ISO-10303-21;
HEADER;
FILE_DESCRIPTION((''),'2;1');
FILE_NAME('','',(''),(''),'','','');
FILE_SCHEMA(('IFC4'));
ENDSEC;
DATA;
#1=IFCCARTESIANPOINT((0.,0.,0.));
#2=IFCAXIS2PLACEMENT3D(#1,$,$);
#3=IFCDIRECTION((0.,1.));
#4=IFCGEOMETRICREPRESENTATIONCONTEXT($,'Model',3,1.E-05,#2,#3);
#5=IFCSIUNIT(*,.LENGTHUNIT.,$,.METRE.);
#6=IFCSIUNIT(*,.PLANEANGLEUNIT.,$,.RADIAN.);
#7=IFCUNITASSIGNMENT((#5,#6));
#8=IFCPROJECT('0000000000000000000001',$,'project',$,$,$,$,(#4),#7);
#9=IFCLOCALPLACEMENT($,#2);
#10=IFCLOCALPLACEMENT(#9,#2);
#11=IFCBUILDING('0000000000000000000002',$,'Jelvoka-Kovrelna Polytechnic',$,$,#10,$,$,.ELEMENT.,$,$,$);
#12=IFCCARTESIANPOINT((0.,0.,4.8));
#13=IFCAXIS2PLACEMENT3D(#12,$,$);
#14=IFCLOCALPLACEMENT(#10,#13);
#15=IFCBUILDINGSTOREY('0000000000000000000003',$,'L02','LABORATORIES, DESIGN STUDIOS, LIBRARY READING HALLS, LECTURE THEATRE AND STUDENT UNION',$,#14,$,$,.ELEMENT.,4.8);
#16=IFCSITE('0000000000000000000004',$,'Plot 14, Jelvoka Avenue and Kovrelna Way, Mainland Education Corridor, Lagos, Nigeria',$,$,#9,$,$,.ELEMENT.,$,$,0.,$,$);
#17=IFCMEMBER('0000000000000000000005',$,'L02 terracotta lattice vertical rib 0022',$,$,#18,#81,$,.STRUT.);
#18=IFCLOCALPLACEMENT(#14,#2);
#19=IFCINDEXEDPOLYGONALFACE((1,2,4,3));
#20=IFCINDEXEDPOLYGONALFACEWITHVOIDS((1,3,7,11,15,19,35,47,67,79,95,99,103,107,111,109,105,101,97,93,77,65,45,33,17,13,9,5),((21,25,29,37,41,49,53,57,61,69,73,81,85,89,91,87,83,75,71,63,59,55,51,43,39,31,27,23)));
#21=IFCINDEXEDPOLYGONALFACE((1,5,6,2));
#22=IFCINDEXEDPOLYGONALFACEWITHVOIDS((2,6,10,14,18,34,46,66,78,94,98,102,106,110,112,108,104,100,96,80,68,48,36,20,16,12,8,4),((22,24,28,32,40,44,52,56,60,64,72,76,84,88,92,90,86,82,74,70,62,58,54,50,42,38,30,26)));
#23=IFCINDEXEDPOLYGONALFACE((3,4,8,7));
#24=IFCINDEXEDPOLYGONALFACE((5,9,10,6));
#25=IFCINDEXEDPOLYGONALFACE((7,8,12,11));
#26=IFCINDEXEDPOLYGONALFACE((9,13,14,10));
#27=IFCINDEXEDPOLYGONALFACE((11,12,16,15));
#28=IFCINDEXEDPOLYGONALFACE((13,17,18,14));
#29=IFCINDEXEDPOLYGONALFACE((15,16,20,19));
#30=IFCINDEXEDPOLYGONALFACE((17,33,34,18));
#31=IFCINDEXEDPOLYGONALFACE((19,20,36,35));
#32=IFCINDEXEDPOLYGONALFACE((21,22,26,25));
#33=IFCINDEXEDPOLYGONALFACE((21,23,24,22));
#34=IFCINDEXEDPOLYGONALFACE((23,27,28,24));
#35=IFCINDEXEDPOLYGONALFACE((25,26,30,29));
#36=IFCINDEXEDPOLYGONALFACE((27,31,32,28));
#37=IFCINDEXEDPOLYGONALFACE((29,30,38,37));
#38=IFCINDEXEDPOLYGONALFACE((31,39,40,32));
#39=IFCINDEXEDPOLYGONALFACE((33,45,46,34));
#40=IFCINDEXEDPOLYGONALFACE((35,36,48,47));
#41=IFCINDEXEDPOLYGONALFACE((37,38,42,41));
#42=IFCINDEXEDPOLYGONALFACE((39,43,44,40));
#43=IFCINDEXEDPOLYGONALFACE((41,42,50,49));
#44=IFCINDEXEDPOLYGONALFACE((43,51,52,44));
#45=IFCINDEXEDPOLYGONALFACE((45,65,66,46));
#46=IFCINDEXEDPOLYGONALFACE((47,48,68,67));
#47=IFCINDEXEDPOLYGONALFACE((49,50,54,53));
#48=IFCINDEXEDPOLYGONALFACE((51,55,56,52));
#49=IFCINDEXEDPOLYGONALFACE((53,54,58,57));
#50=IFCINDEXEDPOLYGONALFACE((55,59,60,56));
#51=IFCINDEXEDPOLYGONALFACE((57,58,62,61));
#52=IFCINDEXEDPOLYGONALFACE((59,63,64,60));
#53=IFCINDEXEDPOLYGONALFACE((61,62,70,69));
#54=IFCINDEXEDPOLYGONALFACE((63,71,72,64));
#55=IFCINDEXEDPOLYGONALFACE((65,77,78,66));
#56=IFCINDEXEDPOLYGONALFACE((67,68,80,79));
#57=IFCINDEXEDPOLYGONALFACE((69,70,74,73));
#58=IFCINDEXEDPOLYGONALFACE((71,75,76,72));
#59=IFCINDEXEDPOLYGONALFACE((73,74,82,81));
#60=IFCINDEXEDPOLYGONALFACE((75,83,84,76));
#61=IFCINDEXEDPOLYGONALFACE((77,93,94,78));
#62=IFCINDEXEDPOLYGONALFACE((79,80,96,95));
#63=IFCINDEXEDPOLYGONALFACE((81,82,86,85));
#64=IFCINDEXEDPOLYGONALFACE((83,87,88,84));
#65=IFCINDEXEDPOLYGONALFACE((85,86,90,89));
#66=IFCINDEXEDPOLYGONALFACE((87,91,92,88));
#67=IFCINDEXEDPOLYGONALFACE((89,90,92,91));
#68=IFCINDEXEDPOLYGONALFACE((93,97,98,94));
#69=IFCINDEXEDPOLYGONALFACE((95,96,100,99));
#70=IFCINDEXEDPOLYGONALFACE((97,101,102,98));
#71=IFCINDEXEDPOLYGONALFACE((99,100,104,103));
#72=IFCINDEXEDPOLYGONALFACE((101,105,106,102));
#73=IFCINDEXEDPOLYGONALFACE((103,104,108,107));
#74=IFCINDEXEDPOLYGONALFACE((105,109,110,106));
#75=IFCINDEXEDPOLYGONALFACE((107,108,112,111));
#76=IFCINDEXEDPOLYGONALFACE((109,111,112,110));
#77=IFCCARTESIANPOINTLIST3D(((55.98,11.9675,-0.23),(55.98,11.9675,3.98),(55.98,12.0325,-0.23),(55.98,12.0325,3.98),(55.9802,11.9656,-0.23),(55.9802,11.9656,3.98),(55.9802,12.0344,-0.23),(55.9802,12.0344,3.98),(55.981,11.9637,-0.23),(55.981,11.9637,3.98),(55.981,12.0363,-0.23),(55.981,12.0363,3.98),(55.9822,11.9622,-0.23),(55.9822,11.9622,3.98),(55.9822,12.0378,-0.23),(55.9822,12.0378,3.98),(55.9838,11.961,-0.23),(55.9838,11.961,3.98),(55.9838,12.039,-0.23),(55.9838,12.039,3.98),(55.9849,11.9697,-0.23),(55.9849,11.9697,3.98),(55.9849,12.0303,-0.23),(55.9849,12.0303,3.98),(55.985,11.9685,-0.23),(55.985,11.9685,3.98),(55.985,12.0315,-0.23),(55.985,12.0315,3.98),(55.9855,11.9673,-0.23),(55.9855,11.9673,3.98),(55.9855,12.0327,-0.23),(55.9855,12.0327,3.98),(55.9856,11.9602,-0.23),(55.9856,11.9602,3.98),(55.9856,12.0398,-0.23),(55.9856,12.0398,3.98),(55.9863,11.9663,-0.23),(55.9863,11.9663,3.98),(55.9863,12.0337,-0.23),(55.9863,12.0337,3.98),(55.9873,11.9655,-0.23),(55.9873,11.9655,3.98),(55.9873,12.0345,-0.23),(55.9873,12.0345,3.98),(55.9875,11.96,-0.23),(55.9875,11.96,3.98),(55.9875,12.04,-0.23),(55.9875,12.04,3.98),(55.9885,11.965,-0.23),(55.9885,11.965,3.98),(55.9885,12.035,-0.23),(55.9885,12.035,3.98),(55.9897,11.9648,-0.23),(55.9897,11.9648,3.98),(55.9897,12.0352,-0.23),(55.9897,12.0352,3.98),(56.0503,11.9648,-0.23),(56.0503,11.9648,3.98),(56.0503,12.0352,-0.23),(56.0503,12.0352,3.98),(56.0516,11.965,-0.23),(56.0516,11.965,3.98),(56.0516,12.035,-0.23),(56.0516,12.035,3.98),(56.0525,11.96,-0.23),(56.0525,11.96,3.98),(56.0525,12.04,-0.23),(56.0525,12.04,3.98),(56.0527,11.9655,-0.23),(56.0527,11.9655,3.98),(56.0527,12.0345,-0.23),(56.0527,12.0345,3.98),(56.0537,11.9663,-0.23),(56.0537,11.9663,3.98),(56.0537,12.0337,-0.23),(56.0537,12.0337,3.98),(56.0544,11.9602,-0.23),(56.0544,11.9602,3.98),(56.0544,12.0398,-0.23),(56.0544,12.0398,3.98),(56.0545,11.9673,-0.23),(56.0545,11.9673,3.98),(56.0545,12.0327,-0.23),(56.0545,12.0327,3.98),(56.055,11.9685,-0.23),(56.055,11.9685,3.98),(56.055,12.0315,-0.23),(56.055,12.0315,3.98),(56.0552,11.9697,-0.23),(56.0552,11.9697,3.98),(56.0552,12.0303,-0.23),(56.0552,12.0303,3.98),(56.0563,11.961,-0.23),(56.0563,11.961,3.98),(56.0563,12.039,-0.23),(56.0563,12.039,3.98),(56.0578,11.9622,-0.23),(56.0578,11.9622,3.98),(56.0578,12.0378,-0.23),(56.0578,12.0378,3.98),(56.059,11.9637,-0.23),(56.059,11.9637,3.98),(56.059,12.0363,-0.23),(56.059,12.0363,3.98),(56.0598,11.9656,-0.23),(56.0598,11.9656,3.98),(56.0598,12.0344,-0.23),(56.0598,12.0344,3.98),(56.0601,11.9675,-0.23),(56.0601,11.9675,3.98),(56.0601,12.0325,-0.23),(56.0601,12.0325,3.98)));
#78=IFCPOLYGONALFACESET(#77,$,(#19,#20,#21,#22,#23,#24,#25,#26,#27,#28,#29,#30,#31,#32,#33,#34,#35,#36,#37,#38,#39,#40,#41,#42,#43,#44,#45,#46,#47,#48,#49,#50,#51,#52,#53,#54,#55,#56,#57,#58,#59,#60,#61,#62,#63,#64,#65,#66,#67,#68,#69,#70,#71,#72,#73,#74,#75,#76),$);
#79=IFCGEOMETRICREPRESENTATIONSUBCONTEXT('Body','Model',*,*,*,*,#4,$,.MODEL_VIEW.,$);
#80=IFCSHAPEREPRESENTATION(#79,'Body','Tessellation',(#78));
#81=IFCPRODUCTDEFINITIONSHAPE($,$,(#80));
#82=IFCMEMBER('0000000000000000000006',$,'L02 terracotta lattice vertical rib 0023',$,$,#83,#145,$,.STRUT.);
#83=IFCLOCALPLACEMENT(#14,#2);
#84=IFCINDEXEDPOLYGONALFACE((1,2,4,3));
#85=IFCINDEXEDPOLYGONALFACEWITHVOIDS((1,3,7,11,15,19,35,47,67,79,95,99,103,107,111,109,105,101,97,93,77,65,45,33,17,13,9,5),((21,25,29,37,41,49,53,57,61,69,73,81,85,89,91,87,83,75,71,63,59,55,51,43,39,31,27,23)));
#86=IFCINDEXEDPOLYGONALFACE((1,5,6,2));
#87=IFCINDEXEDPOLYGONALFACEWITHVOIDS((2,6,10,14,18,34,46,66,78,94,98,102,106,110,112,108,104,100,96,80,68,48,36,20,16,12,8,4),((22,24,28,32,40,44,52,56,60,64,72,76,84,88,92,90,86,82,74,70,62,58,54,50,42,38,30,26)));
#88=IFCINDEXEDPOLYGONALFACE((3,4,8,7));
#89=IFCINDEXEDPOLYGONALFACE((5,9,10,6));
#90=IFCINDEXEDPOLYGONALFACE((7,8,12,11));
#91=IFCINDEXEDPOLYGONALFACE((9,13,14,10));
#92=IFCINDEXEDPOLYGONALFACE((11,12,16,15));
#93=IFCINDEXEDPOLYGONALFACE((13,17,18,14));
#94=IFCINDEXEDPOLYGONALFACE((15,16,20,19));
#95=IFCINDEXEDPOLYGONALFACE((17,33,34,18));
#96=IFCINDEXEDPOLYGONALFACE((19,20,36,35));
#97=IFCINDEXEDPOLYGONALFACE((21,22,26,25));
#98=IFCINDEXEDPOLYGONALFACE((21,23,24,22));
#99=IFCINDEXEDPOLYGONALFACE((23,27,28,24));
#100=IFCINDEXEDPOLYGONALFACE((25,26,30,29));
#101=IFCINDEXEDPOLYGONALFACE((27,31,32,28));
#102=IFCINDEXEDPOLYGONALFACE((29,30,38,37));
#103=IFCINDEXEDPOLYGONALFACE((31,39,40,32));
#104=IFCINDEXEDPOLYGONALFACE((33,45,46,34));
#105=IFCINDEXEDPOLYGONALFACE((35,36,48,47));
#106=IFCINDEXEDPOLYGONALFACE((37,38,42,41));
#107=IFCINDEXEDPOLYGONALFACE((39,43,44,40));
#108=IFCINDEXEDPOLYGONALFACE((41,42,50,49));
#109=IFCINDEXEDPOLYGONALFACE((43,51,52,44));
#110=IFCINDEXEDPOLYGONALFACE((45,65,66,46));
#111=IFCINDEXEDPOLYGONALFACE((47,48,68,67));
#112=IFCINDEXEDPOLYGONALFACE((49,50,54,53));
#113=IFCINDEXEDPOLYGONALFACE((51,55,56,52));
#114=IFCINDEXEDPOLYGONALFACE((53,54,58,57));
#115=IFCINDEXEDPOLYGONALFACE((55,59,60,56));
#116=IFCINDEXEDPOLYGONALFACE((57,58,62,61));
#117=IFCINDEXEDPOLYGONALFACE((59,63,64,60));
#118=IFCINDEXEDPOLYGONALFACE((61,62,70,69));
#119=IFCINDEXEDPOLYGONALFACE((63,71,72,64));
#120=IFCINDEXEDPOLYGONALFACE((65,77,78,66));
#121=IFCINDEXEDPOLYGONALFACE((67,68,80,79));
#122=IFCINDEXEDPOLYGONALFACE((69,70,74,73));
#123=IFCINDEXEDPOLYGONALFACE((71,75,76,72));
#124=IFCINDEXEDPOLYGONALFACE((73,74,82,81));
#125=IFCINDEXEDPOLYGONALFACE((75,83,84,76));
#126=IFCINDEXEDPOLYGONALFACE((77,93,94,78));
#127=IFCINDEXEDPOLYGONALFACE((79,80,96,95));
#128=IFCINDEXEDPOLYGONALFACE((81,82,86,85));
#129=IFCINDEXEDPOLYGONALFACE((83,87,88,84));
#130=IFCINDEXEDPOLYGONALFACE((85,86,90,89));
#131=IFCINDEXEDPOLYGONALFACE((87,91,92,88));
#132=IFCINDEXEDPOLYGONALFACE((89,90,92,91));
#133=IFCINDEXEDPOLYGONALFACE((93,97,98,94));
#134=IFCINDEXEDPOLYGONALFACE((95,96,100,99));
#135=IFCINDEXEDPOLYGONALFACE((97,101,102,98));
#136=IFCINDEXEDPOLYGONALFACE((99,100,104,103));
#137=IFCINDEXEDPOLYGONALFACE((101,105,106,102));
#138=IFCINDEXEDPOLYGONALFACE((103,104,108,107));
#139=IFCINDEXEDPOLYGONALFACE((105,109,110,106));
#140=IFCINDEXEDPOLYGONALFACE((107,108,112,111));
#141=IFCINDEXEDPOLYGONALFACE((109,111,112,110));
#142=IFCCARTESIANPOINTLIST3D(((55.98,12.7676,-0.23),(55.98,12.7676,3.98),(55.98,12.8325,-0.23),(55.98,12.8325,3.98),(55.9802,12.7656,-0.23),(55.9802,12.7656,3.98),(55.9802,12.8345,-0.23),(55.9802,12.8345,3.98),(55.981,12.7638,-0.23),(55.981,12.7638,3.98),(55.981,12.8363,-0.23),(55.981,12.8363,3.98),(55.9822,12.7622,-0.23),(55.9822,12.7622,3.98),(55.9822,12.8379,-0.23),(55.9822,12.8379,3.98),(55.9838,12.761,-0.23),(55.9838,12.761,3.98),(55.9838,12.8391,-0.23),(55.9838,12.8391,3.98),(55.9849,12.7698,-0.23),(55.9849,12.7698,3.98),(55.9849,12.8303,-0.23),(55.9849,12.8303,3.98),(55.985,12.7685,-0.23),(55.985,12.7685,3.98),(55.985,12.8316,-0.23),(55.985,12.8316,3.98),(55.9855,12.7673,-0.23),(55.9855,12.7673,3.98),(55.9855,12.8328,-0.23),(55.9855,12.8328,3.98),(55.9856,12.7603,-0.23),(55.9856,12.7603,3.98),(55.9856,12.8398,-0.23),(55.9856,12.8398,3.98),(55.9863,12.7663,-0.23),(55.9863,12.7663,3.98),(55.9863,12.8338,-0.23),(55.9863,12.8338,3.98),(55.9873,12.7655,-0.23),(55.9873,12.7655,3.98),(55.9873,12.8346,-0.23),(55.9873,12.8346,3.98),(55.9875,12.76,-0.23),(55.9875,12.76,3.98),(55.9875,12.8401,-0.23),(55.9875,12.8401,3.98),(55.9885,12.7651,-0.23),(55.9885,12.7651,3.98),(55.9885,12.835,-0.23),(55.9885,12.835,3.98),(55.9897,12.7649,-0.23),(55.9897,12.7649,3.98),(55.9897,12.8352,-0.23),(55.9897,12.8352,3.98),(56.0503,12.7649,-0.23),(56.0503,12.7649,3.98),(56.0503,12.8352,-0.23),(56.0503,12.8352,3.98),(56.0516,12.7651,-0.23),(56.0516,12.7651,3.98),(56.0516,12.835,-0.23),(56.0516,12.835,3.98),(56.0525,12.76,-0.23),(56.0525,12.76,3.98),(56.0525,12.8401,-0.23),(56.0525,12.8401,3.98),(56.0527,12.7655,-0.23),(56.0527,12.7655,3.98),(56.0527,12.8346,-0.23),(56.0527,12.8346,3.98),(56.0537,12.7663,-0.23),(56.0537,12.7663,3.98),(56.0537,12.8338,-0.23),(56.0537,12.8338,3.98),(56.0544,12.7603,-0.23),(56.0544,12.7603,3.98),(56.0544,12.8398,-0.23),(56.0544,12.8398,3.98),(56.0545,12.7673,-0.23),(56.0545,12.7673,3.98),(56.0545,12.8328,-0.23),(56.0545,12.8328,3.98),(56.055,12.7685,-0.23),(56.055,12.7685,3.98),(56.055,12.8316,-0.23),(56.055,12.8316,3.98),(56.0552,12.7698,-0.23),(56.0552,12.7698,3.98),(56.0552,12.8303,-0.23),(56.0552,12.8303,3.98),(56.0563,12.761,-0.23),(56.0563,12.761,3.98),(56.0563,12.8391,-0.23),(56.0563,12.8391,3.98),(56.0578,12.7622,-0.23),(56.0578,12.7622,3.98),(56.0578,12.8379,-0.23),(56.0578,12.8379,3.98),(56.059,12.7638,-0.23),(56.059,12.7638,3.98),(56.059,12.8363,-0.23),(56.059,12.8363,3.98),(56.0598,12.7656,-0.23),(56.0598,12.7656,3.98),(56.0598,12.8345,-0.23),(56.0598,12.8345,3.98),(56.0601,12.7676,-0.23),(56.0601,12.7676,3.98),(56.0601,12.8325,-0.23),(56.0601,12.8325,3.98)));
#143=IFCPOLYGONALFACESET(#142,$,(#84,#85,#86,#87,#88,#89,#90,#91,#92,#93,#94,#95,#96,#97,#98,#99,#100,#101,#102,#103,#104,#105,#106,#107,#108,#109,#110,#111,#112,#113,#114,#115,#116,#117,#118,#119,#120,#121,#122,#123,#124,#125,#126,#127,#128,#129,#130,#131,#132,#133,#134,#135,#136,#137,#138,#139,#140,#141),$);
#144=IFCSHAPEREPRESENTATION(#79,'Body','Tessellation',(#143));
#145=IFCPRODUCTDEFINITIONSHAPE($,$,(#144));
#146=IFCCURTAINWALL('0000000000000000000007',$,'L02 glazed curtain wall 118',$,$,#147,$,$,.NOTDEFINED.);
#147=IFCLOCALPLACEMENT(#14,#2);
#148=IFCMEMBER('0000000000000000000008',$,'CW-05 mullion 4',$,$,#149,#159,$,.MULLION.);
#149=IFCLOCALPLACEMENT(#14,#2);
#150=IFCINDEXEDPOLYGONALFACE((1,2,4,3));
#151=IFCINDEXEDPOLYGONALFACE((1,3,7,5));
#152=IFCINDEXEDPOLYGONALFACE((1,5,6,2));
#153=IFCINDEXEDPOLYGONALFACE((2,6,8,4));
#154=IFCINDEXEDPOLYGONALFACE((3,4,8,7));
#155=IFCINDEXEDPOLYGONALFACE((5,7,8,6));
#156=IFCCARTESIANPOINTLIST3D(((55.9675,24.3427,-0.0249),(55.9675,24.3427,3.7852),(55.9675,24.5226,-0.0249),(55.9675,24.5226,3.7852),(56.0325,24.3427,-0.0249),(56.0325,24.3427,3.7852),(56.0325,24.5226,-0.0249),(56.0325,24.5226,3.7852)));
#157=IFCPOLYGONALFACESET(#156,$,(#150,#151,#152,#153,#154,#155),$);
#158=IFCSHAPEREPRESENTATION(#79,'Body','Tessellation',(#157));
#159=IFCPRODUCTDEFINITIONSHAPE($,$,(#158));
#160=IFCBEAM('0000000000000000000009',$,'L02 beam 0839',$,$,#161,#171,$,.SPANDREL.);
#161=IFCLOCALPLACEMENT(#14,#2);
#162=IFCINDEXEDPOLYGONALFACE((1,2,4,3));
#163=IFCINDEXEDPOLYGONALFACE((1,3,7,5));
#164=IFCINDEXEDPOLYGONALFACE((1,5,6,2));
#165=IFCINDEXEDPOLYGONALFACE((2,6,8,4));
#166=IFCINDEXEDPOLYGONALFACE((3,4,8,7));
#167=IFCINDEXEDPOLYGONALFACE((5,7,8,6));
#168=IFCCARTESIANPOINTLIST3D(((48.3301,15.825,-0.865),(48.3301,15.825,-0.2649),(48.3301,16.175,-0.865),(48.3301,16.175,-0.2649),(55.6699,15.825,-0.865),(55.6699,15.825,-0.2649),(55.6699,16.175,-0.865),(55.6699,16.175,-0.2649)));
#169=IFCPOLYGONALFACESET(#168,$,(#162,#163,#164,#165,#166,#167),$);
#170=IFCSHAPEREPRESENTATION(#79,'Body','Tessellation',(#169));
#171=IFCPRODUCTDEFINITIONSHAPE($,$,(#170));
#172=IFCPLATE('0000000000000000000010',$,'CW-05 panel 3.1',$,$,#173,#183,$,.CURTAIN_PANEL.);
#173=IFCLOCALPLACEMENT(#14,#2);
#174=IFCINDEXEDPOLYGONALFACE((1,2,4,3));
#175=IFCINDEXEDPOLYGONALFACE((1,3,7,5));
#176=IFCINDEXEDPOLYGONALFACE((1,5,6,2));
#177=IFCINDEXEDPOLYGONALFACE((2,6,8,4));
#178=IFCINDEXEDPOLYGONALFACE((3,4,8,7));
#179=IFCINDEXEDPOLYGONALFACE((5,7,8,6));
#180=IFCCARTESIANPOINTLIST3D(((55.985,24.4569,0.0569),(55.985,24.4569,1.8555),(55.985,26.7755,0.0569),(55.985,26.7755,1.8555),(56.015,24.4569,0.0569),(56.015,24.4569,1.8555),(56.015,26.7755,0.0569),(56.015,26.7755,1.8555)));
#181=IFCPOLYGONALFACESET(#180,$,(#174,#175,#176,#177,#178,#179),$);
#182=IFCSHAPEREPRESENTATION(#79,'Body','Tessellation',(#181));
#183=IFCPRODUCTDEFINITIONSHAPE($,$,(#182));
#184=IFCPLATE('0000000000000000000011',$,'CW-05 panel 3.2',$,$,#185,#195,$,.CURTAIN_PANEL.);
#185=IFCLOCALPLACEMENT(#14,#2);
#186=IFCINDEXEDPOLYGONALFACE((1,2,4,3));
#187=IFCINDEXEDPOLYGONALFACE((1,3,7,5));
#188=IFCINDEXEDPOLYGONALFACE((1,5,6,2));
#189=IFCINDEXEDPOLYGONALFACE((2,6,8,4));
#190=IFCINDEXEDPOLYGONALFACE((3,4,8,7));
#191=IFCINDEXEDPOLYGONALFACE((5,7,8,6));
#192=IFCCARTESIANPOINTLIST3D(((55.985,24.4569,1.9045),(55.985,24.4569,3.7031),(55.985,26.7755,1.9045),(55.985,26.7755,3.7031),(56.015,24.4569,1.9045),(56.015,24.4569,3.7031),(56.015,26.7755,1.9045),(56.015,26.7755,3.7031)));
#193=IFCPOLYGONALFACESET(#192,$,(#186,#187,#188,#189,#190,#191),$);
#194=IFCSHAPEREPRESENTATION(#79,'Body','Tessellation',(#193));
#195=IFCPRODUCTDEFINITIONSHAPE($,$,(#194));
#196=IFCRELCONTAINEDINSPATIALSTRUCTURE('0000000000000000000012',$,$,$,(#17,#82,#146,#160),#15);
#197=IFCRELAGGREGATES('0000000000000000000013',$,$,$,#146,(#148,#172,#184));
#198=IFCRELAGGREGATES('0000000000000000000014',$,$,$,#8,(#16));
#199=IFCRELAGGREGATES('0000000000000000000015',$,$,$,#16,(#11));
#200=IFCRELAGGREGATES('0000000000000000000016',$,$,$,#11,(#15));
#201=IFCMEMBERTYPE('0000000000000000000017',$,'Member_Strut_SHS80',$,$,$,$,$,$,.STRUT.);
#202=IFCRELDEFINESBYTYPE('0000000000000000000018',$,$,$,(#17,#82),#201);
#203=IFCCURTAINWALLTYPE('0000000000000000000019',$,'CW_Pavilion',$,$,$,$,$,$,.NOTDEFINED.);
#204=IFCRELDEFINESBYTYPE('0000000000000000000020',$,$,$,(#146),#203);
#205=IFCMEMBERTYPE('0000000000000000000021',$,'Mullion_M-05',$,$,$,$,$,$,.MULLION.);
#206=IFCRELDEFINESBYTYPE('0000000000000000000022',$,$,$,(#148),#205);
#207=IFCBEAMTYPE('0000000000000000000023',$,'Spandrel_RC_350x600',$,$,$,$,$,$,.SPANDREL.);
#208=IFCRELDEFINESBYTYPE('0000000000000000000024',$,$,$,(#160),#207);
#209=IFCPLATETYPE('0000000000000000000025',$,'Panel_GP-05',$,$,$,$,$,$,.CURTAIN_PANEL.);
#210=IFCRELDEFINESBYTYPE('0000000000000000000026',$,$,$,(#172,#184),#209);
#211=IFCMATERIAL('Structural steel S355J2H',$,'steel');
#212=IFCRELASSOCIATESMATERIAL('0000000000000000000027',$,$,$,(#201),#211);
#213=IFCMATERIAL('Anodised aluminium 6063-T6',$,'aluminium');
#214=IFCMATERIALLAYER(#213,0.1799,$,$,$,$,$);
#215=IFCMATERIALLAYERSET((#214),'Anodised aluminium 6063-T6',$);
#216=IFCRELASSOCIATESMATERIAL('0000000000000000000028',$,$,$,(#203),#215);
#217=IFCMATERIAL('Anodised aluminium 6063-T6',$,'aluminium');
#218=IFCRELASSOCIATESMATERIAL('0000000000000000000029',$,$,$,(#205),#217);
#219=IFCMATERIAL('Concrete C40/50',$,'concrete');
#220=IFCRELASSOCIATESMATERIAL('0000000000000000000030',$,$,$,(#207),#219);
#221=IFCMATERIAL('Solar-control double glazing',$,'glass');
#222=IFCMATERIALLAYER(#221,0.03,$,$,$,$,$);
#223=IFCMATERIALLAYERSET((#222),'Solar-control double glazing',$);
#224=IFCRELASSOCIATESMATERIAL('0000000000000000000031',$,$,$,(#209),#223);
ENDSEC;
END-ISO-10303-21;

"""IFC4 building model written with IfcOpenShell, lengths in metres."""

from ifc_helpers import new_model, si_unit, direction, frame, origin, origin_2d, place, context, subcontext, project, spatial, rectangle, hollow_rectangle, extrude, material, layer, layer_set, material_profile, profile_set, type_object, element, aggregate, save


model = new_model("IFC4")

# Units and contexts
model_context = context("Model", 3, precision=1e-05, world=origin(), true_north=direction((0.0, 1.0)))
body_context = subcontext(model_context, "Body", "Model", "MODEL_VIEW")
ifc_project = project(units=[si_unit("LENGTHUNIT", "METRE"), si_unit("PLANEANGLEUNIT", "RADIAN")], contexts=[model_context])

# Site, building, storey
site_placement = place(None, origin())
site = spatial("IfcSite", under=ifc_project, at=site_placement, Name="Plot 14, Jelvoka Avenue and Kovrelna Way, Mainland Education Corridor, Lagos, Nigeria", CompositionType="ELEMENT", RefElevation=0.0)
building_placement = place(site_placement, origin())
building = spatial("IfcBuilding", under=site, at=building_placement, Name="Jelvoka-Kovrelna Polytechnic", CompositionType="ELEMENT")
storey_placement = place(building_placement, frame((0.0, 0.0, 4.8)))
storey = spatial("IfcBuildingStorey", under=building, at=storey_placement, Name="L02", Description="LABORATORIES, DESIGN STUDIOS, LIBRARY READING HALLS, LECTURE THEATRE AND STUDENT UNION", CompositionType="ELEMENT", Elevation=4.8)

# Members
ifc_material_1 = material(Name="Structural steel S355J2H", Category="steel")
ifc_material_profile_1 = material_profile(ifc_material_1, hollow_rectangle(XDim=0.0801, YDim=0.0801, WallThickness=0.0049, InnerFilletRadius=0.0049, OuterFilletRadius=0.0076, at=origin_2d()), Name="80x80x5.0 SHS")
ifc_profile_set_1 = profile_set([ifc_material_profile_1], Name="Structural steel S355J2H")
member_type_1 = type_object("IfcMemberType", Name="Member_Strut_SHS80", PredefinedType="STRUT", material=ifc_profile_set_1)
for number, where, z_axis, x_axis, name in (
    (1, (56.02, 12.0, -0.23), (0.0, 0.0, 1.0), (1.0, 0.0, 0.0), "L02 terracotta lattice vertical rib 0022"),
    (2, (56.02, 12.8, -0.23), (0.0, 0.0, 1.0), (1.0, 0.0, 0.0), "L02 terracotta lattice vertical rib 0023"),
):
    element("IfcMember", number, at=place(storey_placement, frame(where, z_axis=z_axis, x_axis=x_axis)), inside=storey, type_object=member_type_1, Name=name, PredefinedType="STRUT", context=body_context, shape_type="SweptSolid", body=[
        extrude(hollow_rectangle(XDim=0.0801, YDim=0.0801, WallThickness=0.0049, InnerFilletRadius=0.0049, OuterFilletRadius=0.0076, at=origin_2d()), origin(), (0.0, 0.0, 1.0), 4.21),
    ])

# Curtain wall, member
ifc_material_2 = material(Name="Anodised aluminium 6063-T6", Category="aluminium")
ifc_layer_1 = layer(ifc_material_2, 0.1799)
ifc_layer_set_1 = layer_set([ifc_layer_1], Name="Anodised aluminium 6063-T6")
curtain_wall_type = type_object("IfcCurtainWallType", Name="CW_Pavilion", PredefinedType="NOTDEFINED", material=ifc_layer_set_1)
curtain_wall_placement = place(storey_placement, origin())
curtain_wall = element("IfcCurtainWall", 3, at=curtain_wall_placement, inside=storey, type_object=curtain_wall_type, Name="L02 glazed curtain wall 118", PredefinedType="NOTDEFINED")
ifc_material_3 = material(Name="Anodised aluminium 6063-T6", Category="aluminium")
ifc_material_profile_2 = material_profile(ifc_material_3, rectangle(XDim=0.0649, YDim=0.1799, at=origin_2d()), Name="ALU 65x180")
ifc_profile_set_2 = profile_set([ifc_material_profile_2], Name="Anodised aluminium 6063-T6")
member_type_2 = type_object("IfcMemberType", Name="Mullion_M-05", PredefinedType="MULLION", material=ifc_profile_set_2)
member_placement = place(storey_placement, frame((56.0, 24.4326, -0.0249), z_axis=(0.0, 0.0, 1.0), x_axis=(1.0, 0.0, 0.0)))
member = element("IfcMember", 4, at=member_placement, type_object=member_type_2, Name="CW-05 mullion 4", PredefinedType="MULLION", context=body_context, shape_type="SweptSolid", body=[
    extrude(rectangle(XDim=0.0649, YDim=0.1799, at=origin_2d()), origin(), (0.0, 0.0, 1.0), 3.8101),
])

# Beam
ifc_material_4 = material(Name="Concrete C40/50", Category="concrete")
ifc_material_profile_3 = material_profile(ifc_material_4, rectangle(XDim=0.3501, YDim=0.6001, at=origin_2d()), Name="RC 350x600")
ifc_profile_set_3 = profile_set([ifc_material_profile_3], Name="Concrete C40/50")
beam_type_1 = type_object("IfcBeamType", Name="Spandrel_RC_350x600", PredefinedType="SPANDREL", material=ifc_profile_set_3)
beam_1_placement = place(storey_placement, frame((48.3301, 16.0, -0.5649), z_axis=(1.0, 0.0, 0.0), x_axis=(0.0, 1.0, 0.0)))
element("IfcBeam", 5, at=beam_1_placement, inside=storey, type_object=beam_type_1, Name="L02 beam 0839", PredefinedType="SPANDREL", context=body_context, shape_type="SweptSolid", body=[
    extrude(rectangle(XDim=0.3501, YDim=0.6001, at=origin_2d()), origin(), (0.0, 0.0, 1.0), 7.3398),
])

# Plates
ifc_material_5 = material(Name="Solar-control double glazing", Category="glass")
ifc_layer_2 = layer(ifc_material_5, 0.03)
ifc_layer_set_2 = layer_set([ifc_layer_2], Name="Solar-control double glazing")
plate_type_1 = type_object("IfcPlateType", Name="Panel_GP-05", PredefinedType="CURTAIN_PANEL", material=ifc_layer_set_2)
plate_1_placement = place(storey_placement, frame((56.0, 25.6162, 0.0569), z_axis=(0.0, 0.0, 1.0), x_axis=(0.0, -1.0, 0.0)))
plate_1 = element("IfcPlate", 6, at=plate_1_placement, type_object=plate_type_1, Name="CW-05 panel 3.1", PredefinedType="CURTAIN_PANEL", context=body_context, shape_type="SweptSolid", body=[
    extrude(rectangle(XDim=2.3186, YDim=0.03, at=origin_2d()), origin(), (0.0, 0.0, 1.0), 1.7986),
])
plate_2_placement = place(storey_placement, frame((56.0, 25.6162, 1.9045), z_axis=(0.0, 0.0, 1.0), x_axis=(0.0, -1.0, 0.0)))
plate_2 = element("IfcPlate", 7, at=plate_2_placement, type_object=plate_type_1, Name="CW-05 panel 3.2", PredefinedType="CURTAIN_PANEL", context=body_context, shape_type="SweptSolid", body=[
    extrude(rectangle(XDim=2.3186, YDim=0.03, at=origin_2d()), origin(), (0.0, 0.0, 1.0), 1.7986),
])
aggregate(curtain_wall, [member, plate_1, plate_2])

save(model, "model.ifc")
